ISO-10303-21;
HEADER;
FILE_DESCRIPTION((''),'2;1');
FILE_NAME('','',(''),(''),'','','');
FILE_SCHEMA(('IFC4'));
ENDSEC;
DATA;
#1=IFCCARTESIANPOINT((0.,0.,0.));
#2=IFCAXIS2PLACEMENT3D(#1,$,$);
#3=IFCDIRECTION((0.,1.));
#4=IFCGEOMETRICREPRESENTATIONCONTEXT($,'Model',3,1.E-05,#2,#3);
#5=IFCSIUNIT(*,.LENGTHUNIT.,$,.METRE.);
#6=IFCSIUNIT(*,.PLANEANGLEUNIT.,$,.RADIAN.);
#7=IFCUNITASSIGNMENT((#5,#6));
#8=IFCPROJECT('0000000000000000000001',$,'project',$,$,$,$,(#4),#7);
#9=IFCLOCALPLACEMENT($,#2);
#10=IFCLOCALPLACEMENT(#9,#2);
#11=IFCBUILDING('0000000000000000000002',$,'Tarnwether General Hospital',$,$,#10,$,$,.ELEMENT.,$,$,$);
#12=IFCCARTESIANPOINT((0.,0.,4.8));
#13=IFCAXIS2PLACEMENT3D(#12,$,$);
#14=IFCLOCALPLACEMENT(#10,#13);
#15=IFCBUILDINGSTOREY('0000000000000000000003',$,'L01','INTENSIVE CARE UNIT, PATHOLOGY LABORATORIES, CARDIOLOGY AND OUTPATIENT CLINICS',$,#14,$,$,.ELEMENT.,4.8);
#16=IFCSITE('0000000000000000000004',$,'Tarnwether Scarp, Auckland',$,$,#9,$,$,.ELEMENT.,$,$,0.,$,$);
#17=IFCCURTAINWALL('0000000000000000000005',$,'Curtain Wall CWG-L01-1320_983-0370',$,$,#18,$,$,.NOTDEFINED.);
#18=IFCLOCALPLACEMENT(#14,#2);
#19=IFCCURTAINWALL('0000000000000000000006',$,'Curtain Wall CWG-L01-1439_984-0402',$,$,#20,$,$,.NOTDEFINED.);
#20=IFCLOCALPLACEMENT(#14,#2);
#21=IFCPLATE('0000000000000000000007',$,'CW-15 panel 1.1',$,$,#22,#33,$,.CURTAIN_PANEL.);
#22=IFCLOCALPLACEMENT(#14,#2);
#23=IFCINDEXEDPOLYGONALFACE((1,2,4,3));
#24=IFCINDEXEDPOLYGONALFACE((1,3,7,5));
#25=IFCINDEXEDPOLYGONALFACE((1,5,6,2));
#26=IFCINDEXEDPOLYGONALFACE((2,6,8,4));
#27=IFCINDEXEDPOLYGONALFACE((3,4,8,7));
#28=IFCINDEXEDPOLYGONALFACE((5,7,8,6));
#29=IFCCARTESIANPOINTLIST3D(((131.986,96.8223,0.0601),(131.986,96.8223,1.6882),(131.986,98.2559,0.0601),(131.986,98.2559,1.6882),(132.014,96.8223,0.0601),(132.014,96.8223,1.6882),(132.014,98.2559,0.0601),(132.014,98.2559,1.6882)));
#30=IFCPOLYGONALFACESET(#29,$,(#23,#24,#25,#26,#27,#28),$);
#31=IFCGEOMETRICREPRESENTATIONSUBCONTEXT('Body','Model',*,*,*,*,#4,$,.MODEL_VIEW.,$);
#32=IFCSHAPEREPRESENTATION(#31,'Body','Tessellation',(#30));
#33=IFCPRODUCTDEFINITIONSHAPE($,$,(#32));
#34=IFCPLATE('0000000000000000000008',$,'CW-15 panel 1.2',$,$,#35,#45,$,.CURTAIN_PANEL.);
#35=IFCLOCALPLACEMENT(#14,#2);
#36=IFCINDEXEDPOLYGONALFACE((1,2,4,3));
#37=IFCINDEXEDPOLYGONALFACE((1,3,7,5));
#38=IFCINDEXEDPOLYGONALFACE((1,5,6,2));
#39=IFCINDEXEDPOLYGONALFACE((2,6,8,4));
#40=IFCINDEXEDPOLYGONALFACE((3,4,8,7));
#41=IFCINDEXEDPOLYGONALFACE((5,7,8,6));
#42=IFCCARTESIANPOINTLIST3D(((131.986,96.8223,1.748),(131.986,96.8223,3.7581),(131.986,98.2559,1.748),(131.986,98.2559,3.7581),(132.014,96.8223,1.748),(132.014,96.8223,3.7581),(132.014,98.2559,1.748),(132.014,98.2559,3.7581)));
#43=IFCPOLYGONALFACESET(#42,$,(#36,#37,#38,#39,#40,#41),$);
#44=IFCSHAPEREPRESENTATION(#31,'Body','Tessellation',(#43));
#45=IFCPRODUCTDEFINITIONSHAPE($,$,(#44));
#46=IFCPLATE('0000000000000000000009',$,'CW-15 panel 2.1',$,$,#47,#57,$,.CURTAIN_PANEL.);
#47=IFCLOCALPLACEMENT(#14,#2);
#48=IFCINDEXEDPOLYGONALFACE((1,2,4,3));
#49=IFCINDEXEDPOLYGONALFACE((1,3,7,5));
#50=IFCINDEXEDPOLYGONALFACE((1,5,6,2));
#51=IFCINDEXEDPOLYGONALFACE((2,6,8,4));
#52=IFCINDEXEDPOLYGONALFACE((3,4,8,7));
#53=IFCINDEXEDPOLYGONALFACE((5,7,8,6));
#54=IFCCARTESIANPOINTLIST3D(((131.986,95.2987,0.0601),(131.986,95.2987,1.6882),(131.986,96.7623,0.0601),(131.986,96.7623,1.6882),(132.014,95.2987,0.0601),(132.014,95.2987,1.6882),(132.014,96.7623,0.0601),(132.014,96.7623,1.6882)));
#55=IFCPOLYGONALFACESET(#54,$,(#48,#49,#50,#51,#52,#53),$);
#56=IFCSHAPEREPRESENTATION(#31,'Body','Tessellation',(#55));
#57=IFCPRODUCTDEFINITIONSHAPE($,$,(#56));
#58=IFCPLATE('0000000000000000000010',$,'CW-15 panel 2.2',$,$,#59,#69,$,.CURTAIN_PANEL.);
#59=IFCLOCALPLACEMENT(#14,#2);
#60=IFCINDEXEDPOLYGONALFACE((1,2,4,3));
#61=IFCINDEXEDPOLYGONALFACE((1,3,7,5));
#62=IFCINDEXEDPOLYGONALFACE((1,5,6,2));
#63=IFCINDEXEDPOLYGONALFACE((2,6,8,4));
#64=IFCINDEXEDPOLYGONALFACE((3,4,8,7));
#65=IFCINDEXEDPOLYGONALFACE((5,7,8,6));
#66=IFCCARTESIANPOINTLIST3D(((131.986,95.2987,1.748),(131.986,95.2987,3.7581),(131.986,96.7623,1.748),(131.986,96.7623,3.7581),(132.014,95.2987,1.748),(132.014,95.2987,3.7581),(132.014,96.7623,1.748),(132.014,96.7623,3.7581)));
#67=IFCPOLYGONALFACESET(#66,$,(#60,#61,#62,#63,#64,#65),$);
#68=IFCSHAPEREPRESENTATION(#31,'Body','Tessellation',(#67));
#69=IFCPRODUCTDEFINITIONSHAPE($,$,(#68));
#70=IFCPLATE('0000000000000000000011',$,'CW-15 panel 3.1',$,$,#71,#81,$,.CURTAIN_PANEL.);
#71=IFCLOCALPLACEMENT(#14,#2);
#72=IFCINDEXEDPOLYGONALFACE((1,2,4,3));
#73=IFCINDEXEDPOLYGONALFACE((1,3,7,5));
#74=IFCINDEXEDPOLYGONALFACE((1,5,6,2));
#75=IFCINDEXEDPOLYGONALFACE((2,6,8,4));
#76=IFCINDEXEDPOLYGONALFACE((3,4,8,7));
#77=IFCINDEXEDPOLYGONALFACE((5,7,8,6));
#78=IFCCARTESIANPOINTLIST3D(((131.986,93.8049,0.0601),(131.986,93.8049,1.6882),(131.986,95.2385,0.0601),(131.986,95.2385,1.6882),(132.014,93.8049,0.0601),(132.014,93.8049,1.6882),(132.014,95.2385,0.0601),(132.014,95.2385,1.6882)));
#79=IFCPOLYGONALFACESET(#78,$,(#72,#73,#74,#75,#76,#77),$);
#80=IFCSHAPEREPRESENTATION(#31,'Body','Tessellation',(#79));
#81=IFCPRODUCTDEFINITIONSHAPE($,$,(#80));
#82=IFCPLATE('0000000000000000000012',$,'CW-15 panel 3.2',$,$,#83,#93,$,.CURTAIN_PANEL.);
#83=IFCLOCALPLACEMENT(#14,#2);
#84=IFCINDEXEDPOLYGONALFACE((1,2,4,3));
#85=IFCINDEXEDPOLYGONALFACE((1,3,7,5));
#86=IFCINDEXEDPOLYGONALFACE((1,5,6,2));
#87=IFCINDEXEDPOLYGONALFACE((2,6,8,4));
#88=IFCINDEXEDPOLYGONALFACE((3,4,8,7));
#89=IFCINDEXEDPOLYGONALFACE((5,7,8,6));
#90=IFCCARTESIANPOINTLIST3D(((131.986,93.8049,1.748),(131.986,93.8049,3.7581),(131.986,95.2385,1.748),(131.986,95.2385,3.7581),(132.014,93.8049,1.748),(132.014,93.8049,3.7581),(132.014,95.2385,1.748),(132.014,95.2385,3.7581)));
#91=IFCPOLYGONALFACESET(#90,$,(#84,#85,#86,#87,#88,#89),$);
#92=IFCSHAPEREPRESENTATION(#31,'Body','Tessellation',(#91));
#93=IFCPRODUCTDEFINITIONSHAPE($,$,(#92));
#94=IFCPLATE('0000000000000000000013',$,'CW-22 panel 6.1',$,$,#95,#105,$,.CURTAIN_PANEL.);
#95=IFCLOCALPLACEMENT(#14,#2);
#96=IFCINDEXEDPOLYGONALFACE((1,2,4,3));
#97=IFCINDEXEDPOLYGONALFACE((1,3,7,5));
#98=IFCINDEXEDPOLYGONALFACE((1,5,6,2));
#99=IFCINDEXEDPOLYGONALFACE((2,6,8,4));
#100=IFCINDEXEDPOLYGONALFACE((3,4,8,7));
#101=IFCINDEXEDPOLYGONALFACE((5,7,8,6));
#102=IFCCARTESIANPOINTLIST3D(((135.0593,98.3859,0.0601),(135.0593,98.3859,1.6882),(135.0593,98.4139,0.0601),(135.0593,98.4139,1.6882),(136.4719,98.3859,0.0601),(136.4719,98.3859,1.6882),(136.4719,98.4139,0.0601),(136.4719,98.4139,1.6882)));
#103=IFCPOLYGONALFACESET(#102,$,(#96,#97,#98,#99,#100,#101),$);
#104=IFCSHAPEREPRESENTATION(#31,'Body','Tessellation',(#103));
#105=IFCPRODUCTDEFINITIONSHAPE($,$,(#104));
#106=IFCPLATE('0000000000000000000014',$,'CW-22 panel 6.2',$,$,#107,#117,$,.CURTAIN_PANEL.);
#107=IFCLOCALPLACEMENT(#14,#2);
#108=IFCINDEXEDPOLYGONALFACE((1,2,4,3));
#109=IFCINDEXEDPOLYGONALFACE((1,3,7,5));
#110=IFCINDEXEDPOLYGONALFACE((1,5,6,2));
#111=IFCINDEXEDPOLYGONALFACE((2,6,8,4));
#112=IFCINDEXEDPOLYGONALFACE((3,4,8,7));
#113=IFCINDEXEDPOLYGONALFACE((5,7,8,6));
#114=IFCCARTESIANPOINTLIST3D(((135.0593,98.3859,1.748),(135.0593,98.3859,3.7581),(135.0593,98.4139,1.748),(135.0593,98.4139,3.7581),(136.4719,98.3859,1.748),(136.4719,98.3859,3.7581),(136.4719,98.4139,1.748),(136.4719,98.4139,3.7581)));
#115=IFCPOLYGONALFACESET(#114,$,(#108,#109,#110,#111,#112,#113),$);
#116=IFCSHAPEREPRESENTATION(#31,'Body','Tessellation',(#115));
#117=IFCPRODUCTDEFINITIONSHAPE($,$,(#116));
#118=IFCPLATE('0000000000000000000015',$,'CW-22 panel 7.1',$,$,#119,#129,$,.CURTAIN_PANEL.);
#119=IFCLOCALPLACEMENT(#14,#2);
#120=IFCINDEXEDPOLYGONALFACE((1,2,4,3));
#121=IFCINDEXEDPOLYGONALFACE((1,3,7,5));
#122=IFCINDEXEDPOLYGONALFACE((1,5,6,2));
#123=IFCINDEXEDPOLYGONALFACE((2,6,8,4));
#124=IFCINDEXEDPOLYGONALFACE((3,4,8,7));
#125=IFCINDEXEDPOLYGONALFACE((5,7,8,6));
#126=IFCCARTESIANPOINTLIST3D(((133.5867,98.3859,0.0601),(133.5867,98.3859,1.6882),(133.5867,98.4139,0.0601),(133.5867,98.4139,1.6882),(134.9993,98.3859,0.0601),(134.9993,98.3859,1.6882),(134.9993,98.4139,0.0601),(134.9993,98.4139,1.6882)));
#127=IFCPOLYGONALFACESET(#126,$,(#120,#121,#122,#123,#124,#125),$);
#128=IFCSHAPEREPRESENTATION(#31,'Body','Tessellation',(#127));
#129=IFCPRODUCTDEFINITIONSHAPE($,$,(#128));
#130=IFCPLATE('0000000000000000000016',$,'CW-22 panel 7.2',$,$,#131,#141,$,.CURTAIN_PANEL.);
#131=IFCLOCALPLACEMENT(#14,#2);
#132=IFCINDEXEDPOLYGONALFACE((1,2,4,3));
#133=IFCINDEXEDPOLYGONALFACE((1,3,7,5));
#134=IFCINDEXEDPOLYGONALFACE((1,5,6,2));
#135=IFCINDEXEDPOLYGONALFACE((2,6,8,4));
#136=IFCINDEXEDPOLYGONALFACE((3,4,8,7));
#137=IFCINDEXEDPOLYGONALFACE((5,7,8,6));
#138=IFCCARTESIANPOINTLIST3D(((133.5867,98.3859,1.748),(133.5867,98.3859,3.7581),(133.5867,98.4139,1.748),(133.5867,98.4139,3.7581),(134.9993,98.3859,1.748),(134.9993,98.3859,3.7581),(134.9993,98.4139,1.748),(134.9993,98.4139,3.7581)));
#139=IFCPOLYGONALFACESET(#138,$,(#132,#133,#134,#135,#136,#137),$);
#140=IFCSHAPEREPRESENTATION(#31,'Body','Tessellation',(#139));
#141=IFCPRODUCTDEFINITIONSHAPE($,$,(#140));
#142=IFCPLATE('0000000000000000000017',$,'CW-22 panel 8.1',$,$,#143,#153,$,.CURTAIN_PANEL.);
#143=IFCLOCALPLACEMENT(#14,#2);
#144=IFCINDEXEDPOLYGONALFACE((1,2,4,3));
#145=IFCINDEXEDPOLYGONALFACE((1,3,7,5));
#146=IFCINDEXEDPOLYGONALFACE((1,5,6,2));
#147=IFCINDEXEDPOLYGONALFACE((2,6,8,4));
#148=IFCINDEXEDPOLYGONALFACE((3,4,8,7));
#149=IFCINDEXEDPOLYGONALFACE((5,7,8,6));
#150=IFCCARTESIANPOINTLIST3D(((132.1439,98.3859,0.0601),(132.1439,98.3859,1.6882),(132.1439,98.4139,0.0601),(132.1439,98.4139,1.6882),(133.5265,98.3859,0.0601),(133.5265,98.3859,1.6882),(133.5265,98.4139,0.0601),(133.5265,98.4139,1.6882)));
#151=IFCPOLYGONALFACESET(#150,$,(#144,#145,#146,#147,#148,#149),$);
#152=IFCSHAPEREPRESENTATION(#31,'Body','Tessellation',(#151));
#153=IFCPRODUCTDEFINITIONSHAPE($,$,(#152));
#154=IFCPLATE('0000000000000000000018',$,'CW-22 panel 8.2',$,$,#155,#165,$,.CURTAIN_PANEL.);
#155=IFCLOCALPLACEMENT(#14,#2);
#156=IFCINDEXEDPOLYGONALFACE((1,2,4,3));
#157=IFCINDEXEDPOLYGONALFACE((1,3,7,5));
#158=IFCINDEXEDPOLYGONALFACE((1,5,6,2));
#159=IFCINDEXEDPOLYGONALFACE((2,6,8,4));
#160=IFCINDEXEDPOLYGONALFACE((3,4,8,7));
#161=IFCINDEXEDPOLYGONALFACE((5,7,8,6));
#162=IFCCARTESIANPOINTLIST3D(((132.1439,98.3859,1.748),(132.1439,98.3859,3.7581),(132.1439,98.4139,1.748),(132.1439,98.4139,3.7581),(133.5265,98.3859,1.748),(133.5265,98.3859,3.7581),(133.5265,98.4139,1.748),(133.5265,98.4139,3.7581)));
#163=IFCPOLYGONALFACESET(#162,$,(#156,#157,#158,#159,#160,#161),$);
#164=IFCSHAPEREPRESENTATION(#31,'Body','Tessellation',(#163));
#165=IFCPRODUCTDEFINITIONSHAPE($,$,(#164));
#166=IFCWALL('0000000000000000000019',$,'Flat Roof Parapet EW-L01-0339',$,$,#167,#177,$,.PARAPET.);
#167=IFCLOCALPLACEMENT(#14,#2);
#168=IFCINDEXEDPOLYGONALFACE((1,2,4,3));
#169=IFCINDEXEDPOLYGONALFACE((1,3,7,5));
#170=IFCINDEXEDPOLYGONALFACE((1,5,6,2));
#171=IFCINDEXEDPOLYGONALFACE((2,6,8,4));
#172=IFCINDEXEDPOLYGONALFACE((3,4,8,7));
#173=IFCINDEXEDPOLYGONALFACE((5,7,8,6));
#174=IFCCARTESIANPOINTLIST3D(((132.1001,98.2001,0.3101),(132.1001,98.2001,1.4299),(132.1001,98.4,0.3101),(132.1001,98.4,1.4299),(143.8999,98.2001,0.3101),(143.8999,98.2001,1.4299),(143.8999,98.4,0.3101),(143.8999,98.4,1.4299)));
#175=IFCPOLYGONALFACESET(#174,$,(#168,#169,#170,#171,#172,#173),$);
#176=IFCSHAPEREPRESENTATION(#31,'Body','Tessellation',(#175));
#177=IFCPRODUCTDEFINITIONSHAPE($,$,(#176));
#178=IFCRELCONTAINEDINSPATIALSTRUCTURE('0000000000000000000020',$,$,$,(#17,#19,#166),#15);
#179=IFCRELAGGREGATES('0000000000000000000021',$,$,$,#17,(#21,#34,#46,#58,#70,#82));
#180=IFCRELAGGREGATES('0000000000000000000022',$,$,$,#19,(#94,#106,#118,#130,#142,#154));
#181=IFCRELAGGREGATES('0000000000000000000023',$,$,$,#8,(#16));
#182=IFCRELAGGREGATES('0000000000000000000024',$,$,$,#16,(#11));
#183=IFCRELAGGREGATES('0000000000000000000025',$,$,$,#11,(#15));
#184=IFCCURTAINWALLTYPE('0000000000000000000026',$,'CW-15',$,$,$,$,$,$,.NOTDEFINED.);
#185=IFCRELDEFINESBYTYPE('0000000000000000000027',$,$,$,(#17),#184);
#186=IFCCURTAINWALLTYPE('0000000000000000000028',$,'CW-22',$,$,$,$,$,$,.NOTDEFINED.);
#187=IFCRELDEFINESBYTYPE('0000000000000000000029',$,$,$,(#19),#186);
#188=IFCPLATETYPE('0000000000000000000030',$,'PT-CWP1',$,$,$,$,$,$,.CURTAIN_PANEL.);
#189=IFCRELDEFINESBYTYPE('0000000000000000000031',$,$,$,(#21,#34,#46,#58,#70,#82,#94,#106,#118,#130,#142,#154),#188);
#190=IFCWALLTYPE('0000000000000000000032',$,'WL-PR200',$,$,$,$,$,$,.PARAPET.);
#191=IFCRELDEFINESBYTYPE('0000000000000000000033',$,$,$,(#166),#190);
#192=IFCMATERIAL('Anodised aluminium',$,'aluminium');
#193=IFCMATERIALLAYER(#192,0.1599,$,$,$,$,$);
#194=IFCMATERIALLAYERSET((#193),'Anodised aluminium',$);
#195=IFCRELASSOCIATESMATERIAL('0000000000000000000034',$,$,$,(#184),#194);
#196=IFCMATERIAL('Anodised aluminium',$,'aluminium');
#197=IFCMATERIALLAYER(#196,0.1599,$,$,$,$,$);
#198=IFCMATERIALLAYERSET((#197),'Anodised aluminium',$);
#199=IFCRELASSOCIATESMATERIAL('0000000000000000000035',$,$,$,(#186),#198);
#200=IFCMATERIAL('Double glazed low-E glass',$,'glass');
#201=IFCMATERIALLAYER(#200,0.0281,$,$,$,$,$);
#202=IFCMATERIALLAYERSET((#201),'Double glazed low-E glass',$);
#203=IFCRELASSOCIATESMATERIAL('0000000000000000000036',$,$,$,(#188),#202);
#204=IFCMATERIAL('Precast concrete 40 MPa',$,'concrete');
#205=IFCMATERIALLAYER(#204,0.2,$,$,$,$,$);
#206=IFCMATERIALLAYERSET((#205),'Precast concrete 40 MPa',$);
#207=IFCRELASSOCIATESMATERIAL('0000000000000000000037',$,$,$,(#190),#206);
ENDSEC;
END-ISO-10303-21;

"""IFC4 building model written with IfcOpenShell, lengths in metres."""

from ifc_helpers import new_model, si_unit, direction, frame, frame_2d, origin, origin_2d, place, context, subcontext, project, spatial, rectangle, extrude, material, layer, layer_set, type_object, element, aggregate, save


model = new_model("IFC4")

# Units and contexts
model_context = context("Model", 3, precision=1e-05, world=origin(), true_north=direction((0.0, 1.0)))
body_context = subcontext(model_context, "Body", "Model", "MODEL_VIEW")
ifc_project = project(units=[si_unit("LENGTHUNIT", "METRE"), si_unit("PLANEANGLEUNIT", "RADIAN")], contexts=[model_context])

# Site, building, storey
site_placement = place(None, origin())
site = spatial("IfcSite", under=ifc_project, at=site_placement, Name="Tarnwether Scarp, Auckland", CompositionType="ELEMENT", RefElevation=0.0)
building_placement = place(site_placement, origin())
building = spatial("IfcBuilding", under=site, at=building_placement, Name="Tarnwether General Hospital", CompositionType="ELEMENT")
storey_placement = place(building_placement, frame((0.0, 0.0, 4.8)))
storey = spatial("IfcBuildingStorey", under=building, at=storey_placement, Name="L01", Description="INTENSIVE CARE UNIT, PATHOLOGY LABORATORIES, CARDIOLOGY AND OUTPATIENT CLINICS", CompositionType="ELEMENT", Elevation=4.8)

# Curtain walls
ifc_material_1 = material(Name="Anodised aluminium", Category="aluminium")
ifc_layer_1 = layer(ifc_material_1, 0.1599)
ifc_layer_set_1 = layer_set([ifc_layer_1], Name="Anodised aluminium")
curtain_wall_type_1 = type_object("IfcCurtainWallType", Name="CW-15", PredefinedType="NOTDEFINED", material=ifc_layer_set_1)
curtain_wall_1_placement = place(storey_placement, origin())
curtain_wall_1 = element("IfcCurtainWall", 1, at=curtain_wall_1_placement, inside=storey, type_object=curtain_wall_type_1, Name="Curtain Wall CWG-L01-1320_983-0370", PredefinedType="NOTDEFINED")
ifc_material_2 = material(Name="Anodised aluminium", Category="aluminium")
ifc_layer_2 = layer(ifc_material_2, 0.1599)
ifc_layer_set_2 = layer_set([ifc_layer_2], Name="Anodised aluminium")
curtain_wall_type_2 = type_object("IfcCurtainWallType", Name="CW-22", PredefinedType="NOTDEFINED", material=ifc_layer_set_2)
curtain_wall_2_placement = place(storey_placement, origin())
curtain_wall_2 = element("IfcCurtainWall", 2, at=curtain_wall_2_placement, inside=storey, type_object=curtain_wall_type_2, Name="Curtain Wall CWG-L01-1439_984-0402", PredefinedType="NOTDEFINED")

# Plates
ifc_material_3 = material(Name="Double glazed low-E glass", Category="glass")
ifc_layer_3 = layer(ifc_material_3, 0.0281)
ifc_layer_set_3 = layer_set([ifc_layer_3], Name="Double glazed low-E glass")
plate_type = type_object("IfcPlateType", Name="PT-CWP1", PredefinedType="CURTAIN_PANEL", material=ifc_layer_set_3)
plate_1_placement = place(storey_placement, frame((132.0, 97.5391, 0.0601), z_axis=(0.0, 0.0, 1.0), x_axis=(0.0, -1.0, 0.0)))
plate_1 = element("IfcPlate", 3, at=plate_1_placement, type_object=plate_type, Name="CW-15 panel 1.1", PredefinedType="CURTAIN_PANEL", context=body_context, shape_type="SweptSolid", body=[
    extrude(rectangle(XDim=1.4336, YDim=0.0281, at=origin_2d()), origin(), (0.0, 0.0, 1.0), 1.6282),
])
plate_2_placement = place(storey_placement, frame((132.0, 97.5391, 1.748), z_axis=(0.0, 0.0, 1.0), x_axis=(0.0, -1.0, 0.0)))
plate_2 = element("IfcPlate", 4, at=plate_2_placement, type_object=plate_type, Name="CW-15 panel 1.2", PredefinedType="CURTAIN_PANEL", context=body_context, shape_type="SweptSolid", body=[
    extrude(rectangle(XDim=1.4336, YDim=0.0281, at=origin_2d()), origin(), (0.0, 0.0, 1.0), 2.01),
])
plate_3_placement = place(storey_placement, frame((132.0, 96.0305, 0.0601), z_axis=(0.0, 0.0, 1.0), x_axis=(0.0, -1.0, 0.0)))
plate_3 = element("IfcPlate", 5, at=plate_3_placement, type_object=plate_type, Name="CW-15 panel 2.1", PredefinedType="CURTAIN_PANEL", context=body_context, shape_type="SweptSolid", body=[
    extrude(rectangle(XDim=1.4636, YDim=0.0281, at=origin_2d()), origin(), (0.0, 0.0, 1.0), 1.6282),
])
plate_4_placement = place(storey_placement, frame((132.0, 96.0305, 1.748), z_axis=(0.0, 0.0, 1.0), x_axis=(0.0, -1.0, 0.0)))
plate_4 = element("IfcPlate", 6, at=plate_4_placement, type_object=plate_type, Name="CW-15 panel 2.2", PredefinedType="CURTAIN_PANEL", context=body_context, shape_type="SweptSolid", body=[
    extrude(rectangle(XDim=1.4636, YDim=0.0281, at=origin_2d()), origin(), (0.0, 0.0, 1.0), 2.01),
])
plate_5_placement = place(storey_placement, frame((132.0, 94.5217, 0.0601), z_axis=(0.0, 0.0, 1.0), x_axis=(0.0, -1.0, 0.0)))
plate_5 = element("IfcPlate", 7, at=plate_5_placement, type_object=plate_type, Name="CW-15 panel 3.1", PredefinedType="CURTAIN_PANEL", context=body_context, shape_type="SweptSolid", body=[
    extrude(rectangle(XDim=1.4336, YDim=0.0281, at=origin_2d()), origin(), (0.0, 0.0, 1.0), 1.6282),
])
plate_6_placement = place(storey_placement, frame((132.0, 94.5217, 1.748), z_axis=(0.0, 0.0, 1.0), x_axis=(0.0, -1.0, 0.0)))
plate_6 = element("IfcPlate", 8, at=plate_6_placement, type_object=plate_type, Name="CW-15 panel 3.2", PredefinedType="CURTAIN_PANEL", context=body_context, shape_type="SweptSolid", body=[
    extrude(rectangle(XDim=1.4336, YDim=0.0281, at=origin_2d()), origin(), (0.0, 0.0, 1.0), 2.01),
])
aggregate(curtain_wall_1, [plate_1, plate_2, plate_3, plate_4, plate_5, plate_6])
plate_7_placement = place(storey_placement, frame((135.7656, 98.3999, 0.0601), z_axis=(0.0, 0.0, 1.0), x_axis=(-1.0, 0.0, 0.0)))
plate_7 = element("IfcPlate", 9, at=plate_7_placement, type_object=plate_type, Name="CW-22 panel 6.1", PredefinedType="CURTAIN_PANEL", context=body_context, shape_type="SweptSolid", body=[
    extrude(rectangle(XDim=1.4126, YDim=0.0281, at=origin_2d()), origin(), (0.0, 0.0, 1.0), 1.6282),
])
plate_8_placement = place(storey_placement, frame((135.7656, 98.3999, 1.748), z_axis=(0.0, 0.0, 1.0), x_axis=(-1.0, 0.0, 0.0)))
plate_8 = element("IfcPlate", 10, at=plate_8_placement, type_object=plate_type, Name="CW-22 panel 6.2", PredefinedType="CURTAIN_PANEL", context=body_context, shape_type="SweptSolid", body=[
    extrude(rectangle(XDim=1.4126, YDim=0.0281, at=origin_2d()), origin(), (0.0, 0.0, 1.0), 2.01),
])
plate_9_placement = place(storey_placement, frame((134.293, 98.3999, 0.0601), z_axis=(0.0, 0.0, 1.0), x_axis=(-1.0, 0.0, 0.0)))
plate_9 = element("IfcPlate", 11, at=plate_9_placement, type_object=plate_type, Name="CW-22 panel 7.1", PredefinedType="CURTAIN_PANEL", context=body_context, shape_type="SweptSolid", body=[
    extrude(rectangle(XDim=1.4126, YDim=0.0281, at=origin_2d()), origin(), (0.0, 0.0, 1.0), 1.6282),
])
plate_10_placement = place(storey_placement, frame((134.293, 98.3999, 1.748), z_axis=(0.0, 0.0, 1.0), x_axis=(-1.0, 0.0, 0.0)))
plate_10 = element("IfcPlate", 12, at=plate_10_placement, type_object=plate_type, Name="CW-22 panel 7.2", PredefinedType="CURTAIN_PANEL", context=body_context, shape_type="SweptSolid", body=[
    extrude(rectangle(XDim=1.4126, YDim=0.0281, at=origin_2d()), origin(), (0.0, 0.0, 1.0), 2.01),
])
plate_11_placement = place(storey_placement, frame((132.8352, 98.3999, 0.0601), z_axis=(0.0, 0.0, 1.0), x_axis=(-1.0, 0.0, 0.0)))
plate_11 = element("IfcPlate", 13, at=plate_11_placement, type_object=plate_type, Name="CW-22 panel 8.1", PredefinedType="CURTAIN_PANEL", context=body_context, shape_type="SweptSolid", body=[
    extrude(rectangle(XDim=1.3826, YDim=0.0281, at=origin_2d()), origin(), (0.0, 0.0, 1.0), 1.6282),
])
plate_12_placement = place(storey_placement, frame((132.8352, 98.3999, 1.748), z_axis=(0.0, 0.0, 1.0), x_axis=(-1.0, 0.0, 0.0)))
plate_12 = element("IfcPlate", 14, at=plate_12_placement, type_object=plate_type, Name="CW-22 panel 8.2", PredefinedType="CURTAIN_PANEL", context=body_context, shape_type="SweptSolid", body=[
    extrude(rectangle(XDim=1.3826, YDim=0.0281, at=origin_2d()), origin(), (0.0, 0.0, 1.0), 2.01),
])
aggregate(curtain_wall_2, [plate_7, plate_8, plate_9, plate_10, plate_11, plate_12])

# Wall
ifc_material_4 = material(Name="Precast concrete 40 MPa", Category="concrete")
ifc_layer_4 = layer(ifc_material_4, 0.2)
ifc_layer_set_4 = layer_set([ifc_layer_4], Name="Precast concrete 40 MPa")
wall_type = type_object("IfcWallType", Name="WL-PR200", PredefinedType="PARAPET", material=ifc_layer_set_4)
wall_placement = place(storey_placement, frame((132.1001, 98.3, 0.3101), z_axis=(0.0, 0.0, 1.0), x_axis=(1.0, 0.0, 0.0)))
element("IfcWall", 15, at=wall_placement, inside=storey, type_object=wall_type, Name="Flat Roof Parapet EW-L01-0339", PredefinedType="PARAPET", context=body_context, shape_type="SweptSolid", body=[
    extrude(rectangle(XDim=11.7998, YDim=0.2, at=frame_2d((5.8999, 0.0))), origin(), (0.0, 0.0, 1.0), 1.1199),
])

save(model, "model.ifc")
